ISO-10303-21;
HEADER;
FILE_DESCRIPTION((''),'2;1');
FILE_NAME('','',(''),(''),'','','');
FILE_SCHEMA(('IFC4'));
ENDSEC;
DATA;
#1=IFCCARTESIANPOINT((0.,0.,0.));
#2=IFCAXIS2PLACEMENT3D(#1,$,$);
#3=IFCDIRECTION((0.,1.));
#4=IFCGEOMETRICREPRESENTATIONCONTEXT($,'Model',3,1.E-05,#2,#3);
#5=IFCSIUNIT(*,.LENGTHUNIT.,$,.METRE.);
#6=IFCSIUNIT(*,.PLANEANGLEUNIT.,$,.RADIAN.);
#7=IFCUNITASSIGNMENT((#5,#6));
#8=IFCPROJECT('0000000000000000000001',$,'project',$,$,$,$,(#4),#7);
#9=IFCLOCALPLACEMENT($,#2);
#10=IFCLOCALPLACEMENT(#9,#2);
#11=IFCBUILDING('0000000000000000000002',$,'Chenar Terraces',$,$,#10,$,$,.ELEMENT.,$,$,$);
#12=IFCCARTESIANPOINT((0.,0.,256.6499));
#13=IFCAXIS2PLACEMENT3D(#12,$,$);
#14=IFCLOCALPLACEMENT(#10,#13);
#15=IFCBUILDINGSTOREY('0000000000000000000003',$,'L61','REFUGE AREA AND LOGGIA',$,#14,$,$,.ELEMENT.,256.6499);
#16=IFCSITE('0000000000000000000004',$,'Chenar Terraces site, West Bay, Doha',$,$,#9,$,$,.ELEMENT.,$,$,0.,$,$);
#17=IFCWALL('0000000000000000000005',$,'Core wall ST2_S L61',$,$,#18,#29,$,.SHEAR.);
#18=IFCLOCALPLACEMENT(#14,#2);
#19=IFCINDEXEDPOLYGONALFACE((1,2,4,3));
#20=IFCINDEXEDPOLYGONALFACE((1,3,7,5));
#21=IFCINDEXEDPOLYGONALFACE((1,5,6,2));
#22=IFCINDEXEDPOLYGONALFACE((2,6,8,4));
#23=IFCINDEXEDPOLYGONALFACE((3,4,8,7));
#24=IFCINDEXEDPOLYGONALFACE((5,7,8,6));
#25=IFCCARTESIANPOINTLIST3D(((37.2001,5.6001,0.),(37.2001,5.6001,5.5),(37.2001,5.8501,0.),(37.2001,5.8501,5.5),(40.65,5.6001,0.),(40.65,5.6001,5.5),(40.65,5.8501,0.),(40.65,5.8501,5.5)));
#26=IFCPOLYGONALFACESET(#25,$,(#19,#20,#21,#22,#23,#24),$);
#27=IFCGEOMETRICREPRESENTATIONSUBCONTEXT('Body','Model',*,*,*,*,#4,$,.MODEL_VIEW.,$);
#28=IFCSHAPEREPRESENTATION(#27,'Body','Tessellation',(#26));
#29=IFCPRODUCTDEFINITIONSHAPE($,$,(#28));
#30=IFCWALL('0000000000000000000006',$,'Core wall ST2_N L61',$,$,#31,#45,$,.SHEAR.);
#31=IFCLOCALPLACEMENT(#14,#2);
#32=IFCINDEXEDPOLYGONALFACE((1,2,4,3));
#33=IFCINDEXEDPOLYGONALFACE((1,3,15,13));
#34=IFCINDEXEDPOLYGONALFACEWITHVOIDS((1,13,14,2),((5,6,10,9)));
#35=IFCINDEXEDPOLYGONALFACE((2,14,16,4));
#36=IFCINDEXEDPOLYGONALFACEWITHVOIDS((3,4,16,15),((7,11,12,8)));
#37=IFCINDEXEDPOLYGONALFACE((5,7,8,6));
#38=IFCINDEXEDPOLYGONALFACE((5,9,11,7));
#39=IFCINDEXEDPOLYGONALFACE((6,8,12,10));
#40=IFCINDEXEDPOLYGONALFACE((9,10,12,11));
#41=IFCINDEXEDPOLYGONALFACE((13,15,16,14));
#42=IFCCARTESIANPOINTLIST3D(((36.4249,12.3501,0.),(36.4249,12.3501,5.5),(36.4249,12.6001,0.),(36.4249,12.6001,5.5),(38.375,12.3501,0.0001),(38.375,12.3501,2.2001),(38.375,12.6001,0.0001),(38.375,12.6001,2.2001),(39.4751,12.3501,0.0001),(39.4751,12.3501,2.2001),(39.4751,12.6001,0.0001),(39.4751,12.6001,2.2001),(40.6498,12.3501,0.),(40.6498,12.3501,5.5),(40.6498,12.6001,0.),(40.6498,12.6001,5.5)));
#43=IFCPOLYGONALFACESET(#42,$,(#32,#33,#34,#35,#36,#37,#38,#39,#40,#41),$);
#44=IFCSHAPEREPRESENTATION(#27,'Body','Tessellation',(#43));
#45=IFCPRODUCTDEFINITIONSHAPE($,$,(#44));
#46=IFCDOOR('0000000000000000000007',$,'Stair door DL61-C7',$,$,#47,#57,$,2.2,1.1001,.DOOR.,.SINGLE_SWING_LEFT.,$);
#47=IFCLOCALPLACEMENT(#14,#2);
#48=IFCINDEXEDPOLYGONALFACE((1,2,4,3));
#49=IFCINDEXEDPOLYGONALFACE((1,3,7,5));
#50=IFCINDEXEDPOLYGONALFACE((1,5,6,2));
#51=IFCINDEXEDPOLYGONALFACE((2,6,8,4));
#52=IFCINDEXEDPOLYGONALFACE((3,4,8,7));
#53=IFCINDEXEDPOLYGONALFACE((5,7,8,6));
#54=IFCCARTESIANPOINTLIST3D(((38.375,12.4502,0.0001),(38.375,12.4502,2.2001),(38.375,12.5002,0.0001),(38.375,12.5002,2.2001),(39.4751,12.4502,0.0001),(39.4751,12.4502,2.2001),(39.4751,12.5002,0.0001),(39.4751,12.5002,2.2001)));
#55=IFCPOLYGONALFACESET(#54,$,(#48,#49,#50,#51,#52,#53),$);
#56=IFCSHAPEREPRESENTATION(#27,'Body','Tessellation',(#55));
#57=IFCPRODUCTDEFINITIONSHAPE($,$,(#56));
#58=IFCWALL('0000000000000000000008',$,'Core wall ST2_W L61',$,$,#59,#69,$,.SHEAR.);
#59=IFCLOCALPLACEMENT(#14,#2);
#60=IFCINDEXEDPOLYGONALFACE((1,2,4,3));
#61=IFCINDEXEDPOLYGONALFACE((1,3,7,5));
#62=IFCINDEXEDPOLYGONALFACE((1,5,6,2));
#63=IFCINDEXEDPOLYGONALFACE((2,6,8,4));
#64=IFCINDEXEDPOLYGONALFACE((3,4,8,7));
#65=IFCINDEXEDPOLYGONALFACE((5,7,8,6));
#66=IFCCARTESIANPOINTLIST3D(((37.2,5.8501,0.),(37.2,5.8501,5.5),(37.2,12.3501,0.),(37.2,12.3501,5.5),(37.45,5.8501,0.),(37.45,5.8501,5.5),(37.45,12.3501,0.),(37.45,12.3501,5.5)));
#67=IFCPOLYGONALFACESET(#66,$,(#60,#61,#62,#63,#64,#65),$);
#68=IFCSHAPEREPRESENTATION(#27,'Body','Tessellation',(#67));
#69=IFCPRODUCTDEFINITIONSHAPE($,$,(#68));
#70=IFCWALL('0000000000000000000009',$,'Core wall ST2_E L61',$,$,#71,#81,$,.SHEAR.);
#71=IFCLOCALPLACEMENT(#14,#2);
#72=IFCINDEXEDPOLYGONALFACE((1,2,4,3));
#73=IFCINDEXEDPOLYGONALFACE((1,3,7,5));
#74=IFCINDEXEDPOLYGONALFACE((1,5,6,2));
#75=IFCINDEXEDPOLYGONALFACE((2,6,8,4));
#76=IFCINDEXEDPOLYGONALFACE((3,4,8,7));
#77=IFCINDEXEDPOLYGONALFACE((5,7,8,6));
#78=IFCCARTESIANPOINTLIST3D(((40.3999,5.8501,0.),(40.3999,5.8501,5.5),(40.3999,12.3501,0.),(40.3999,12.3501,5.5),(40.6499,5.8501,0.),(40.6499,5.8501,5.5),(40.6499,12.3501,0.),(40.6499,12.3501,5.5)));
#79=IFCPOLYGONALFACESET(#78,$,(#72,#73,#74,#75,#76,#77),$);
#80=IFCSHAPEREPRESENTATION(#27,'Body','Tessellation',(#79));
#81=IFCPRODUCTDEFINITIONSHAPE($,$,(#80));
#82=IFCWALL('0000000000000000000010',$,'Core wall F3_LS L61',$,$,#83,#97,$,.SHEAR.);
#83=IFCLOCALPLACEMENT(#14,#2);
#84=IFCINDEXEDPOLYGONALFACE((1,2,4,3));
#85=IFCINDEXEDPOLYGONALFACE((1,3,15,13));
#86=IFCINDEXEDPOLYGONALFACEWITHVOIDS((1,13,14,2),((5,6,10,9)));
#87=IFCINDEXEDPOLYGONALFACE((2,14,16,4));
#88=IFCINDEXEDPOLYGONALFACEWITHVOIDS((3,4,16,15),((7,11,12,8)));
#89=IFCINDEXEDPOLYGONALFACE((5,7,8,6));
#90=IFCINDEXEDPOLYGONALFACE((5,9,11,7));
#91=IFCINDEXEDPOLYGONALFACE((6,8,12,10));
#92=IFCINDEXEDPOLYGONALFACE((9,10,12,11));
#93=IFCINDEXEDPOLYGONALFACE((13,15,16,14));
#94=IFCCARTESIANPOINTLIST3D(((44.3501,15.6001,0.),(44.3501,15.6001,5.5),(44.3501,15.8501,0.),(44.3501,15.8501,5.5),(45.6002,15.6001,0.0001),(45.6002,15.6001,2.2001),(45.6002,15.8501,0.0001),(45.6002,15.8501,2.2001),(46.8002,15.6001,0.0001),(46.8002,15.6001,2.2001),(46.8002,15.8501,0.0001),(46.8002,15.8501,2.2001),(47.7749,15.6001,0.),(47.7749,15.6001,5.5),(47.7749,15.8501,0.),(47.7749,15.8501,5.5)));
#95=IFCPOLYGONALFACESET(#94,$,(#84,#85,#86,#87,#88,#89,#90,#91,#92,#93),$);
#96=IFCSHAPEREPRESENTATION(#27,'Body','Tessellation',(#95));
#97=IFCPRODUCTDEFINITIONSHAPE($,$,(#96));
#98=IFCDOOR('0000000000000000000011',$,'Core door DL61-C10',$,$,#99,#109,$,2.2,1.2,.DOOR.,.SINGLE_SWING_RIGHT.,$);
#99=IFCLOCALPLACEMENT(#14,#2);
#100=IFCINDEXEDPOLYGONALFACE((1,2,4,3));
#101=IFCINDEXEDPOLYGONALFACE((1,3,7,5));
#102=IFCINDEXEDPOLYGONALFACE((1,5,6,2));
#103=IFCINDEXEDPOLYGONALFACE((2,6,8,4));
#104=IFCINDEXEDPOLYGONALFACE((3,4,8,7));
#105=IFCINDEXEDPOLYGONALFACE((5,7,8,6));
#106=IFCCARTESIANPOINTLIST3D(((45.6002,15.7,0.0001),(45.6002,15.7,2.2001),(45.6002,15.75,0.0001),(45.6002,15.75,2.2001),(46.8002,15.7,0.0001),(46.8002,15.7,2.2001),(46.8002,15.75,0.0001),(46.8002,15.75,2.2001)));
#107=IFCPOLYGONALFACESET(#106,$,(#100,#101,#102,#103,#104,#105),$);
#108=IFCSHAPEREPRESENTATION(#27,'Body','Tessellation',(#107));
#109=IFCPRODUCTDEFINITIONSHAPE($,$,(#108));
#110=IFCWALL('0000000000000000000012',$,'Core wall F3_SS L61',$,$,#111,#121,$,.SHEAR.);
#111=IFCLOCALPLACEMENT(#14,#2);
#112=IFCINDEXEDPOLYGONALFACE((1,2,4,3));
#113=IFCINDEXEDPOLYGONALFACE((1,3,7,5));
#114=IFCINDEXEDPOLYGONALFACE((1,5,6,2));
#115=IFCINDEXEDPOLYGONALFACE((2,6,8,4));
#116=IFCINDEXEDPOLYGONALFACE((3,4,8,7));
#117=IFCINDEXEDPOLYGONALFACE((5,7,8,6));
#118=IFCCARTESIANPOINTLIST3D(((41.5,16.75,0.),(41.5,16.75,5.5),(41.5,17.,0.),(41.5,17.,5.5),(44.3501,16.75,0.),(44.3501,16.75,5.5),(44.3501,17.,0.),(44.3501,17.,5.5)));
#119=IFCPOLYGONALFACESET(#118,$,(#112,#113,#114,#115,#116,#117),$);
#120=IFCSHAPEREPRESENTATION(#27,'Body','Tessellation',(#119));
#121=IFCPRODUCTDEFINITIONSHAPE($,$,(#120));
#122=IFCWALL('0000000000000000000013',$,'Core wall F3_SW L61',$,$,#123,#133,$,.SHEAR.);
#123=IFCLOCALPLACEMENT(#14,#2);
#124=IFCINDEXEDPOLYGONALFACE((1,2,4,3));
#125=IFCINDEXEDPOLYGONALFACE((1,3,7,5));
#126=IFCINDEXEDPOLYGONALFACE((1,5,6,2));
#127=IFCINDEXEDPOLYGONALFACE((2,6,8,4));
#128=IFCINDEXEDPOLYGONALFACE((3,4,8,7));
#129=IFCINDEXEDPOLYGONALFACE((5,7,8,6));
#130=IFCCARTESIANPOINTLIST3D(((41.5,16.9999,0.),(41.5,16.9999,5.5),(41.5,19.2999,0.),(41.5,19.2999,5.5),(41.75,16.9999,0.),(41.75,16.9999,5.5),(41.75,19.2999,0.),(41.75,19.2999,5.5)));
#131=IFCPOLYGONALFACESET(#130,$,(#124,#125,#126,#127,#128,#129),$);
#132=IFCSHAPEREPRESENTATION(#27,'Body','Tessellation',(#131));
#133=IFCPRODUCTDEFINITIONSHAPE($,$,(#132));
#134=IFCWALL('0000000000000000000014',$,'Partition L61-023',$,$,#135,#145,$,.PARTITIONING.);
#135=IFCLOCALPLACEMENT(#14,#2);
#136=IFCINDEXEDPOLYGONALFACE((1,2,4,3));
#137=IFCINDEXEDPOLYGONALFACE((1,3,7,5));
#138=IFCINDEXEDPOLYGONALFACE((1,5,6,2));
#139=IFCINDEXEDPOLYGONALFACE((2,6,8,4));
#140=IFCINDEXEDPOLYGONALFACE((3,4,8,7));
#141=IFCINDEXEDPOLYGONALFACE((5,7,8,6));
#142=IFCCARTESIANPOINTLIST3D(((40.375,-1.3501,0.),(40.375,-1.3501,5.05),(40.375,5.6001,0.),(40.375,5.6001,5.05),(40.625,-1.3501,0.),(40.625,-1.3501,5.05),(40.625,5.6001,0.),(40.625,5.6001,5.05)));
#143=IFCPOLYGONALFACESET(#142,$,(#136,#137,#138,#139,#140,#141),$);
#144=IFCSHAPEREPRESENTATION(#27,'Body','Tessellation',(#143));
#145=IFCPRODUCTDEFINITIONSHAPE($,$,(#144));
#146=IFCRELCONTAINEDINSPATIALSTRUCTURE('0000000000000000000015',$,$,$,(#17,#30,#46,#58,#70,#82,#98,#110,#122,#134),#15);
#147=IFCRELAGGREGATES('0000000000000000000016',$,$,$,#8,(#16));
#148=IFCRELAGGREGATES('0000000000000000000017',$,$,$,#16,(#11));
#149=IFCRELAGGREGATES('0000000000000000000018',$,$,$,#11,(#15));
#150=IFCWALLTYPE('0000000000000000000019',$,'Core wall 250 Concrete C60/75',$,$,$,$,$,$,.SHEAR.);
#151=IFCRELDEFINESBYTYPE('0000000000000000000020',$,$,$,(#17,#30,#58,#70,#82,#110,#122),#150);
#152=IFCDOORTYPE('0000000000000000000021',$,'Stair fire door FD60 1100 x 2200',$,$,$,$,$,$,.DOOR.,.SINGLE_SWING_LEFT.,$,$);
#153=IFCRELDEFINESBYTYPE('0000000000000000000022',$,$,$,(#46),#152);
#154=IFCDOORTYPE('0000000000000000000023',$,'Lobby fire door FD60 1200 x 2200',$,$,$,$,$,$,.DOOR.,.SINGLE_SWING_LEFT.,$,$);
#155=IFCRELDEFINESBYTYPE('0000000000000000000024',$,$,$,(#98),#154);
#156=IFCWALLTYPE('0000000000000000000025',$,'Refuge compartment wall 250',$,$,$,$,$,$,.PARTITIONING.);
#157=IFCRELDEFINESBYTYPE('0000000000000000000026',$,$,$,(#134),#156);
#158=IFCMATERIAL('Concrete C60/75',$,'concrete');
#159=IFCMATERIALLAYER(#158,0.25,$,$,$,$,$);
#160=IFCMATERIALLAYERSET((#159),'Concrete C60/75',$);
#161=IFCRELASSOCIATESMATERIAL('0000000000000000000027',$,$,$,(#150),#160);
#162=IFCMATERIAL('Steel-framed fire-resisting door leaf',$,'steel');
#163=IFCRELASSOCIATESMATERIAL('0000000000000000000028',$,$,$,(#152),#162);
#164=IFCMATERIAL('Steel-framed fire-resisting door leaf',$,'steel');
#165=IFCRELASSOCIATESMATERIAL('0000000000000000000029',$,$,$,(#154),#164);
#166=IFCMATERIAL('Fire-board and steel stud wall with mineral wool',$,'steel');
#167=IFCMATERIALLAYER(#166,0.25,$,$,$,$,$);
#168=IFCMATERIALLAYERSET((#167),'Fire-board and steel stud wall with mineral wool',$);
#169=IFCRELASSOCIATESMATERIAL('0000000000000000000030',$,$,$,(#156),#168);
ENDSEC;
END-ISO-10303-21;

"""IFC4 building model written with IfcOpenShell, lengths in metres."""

from ifc_helpers import new_model, si_unit, direction, frame, frame_2d, origin, place, context, subcontext, project, spatial, rectangle, extrude, material, layer, layer_set, type_object, element, fill, save


model = new_model("IFC4")

# Units and contexts
model_context = context("Model", 3, precision=1e-05, world=origin(), true_north=direction((0.0, 1.0)))
body_context = subcontext(model_context, "Body", "Model", "MODEL_VIEW")
ifc_project = project(units=[si_unit("LENGTHUNIT", "METRE"), si_unit("PLANEANGLEUNIT", "RADIAN")], contexts=[model_context])

# Site, building, storey
site_placement = place(None, origin())
site = spatial("IfcSite", under=ifc_project, at=site_placement, Name="Chenar Terraces site, West Bay, Doha", CompositionType="ELEMENT", RefElevation=0.0)
building_placement = place(site_placement, origin())
building = spatial("IfcBuilding", under=site, at=building_placement, Name="Chenar Terraces", CompositionType="ELEMENT")
storey_placement = place(building_placement, frame((0.0, 0.0, 256.6499)))
storey = spatial("IfcBuildingStorey", under=building, at=storey_placement, Name="L61", Description="REFUGE AREA AND LOGGIA", CompositionType="ELEMENT", Elevation=256.6499)

# Wall
ifc_material_1 = material(Name="Concrete C60/75", Category="concrete")
ifc_layer_1 = layer(ifc_material_1, 0.25)
ifc_layer_set_1 = layer_set([ifc_layer_1], Name="Concrete C60/75")
wall_type_1 = type_object("IfcWallType", Name="Core wall 250 Concrete C60/75", PredefinedType="SHEAR", material=ifc_layer_set_1)
wall_1_placement = place(storey_placement, frame((37.2, 5.7251, 0.0), z_axis=(0.0, 0.0, 1.0), x_axis=(1.0, 0.0, 0.0)))
element("IfcWall", 1, at=wall_1_placement, inside=storey, type_object=wall_type_1, Name="Core wall ST2_S L61", PredefinedType="SHEAR", context=body_context, shape_type="SweptSolid", body=[
    extrude(rectangle(XDim=3.45, YDim=0.25, at=frame_2d((1.7251, 0.0))), origin(), (0.0, 0.0, 1.0), 5.5),
])

# Wall, opening, door
wall_2_placement = place(storey_placement, frame((36.425, 12.4751, 0.0), z_axis=(0.0, 0.0, 1.0), x_axis=(1.0, 0.0, 0.0)))
wall_2 = element("IfcWall", 2, at=wall_2_placement, inside=storey, type_object=wall_type_1, Name="Core wall ST2_N L61", PredefinedType="SHEAR", context=body_context, shape_type="SweptSolid", body=[
    extrude(rectangle(XDim=4.2249, YDim=0.25, at=frame_2d((2.1123, 0.0))), origin(), (0.0, 0.0, 1.0), 5.5),
])
opening_1_placement = place(wall_2_placement, frame((1.95, 0.0, 0.0)))
opening_1 = element("IfcOpeningElement", 3, at=opening_1_placement, cuts=wall_2, PredefinedType="OPENING", context=body_context, shape_type="SweptSolid", body=[
    extrude(rectangle(XDim=1.1001, YDim=2.2, at=frame_2d((0.55, 1.1001))), frame((0.0, 0.135, 0.0), z_axis=(0.0, -1.0, 0.0), x_axis=(1.0, 0.0, 0.0)), (0.0, 0.0, 1.0), 0.27),
])
ifc_material_2 = material(Name="Steel-framed fire-resisting door leaf", Category="steel")
door_type_1 = type_object("IfcDoorType", Name="Stair fire door FD60 1100 x 2200", OperationType="SINGLE_SWING_LEFT", PredefinedType="DOOR", material=ifc_material_2)
door_1_placement = place(opening_1_placement, frame((1.1001, 0.0, 0.0), z_axis=(0.0, 0.0, 1.0), x_axis=(-1.0, 0.0, 0.0)))
door_1 = element("IfcDoor", 4, at=door_1_placement, inside=storey, type_object=door_type_1, Name="Stair door DL61-C7", OperationType="SINGLE_SWING_LEFT", OverallHeight=2.2, OverallWidth=1.1001, PredefinedType="DOOR", context=body_context, shape_type="SweptSolid", body=[
    extrude(rectangle(XDim=1.1001, YDim=2.2, at=frame_2d((0.55, 1.1001))), frame((0.0, 0.0249, 0.0), z_axis=(0.0, -1.0, 0.0), x_axis=(1.0, 0.0, 0.0)), (0.0, 0.0, 1.0), 0.05),
])
fill(opening_1, door_1)

# Walls
for number, where, z_axis, x_axis, name in (
    (5, (37.325, 5.8501, 0.0), (0.0, 0.0, 1.0), (0.0, 1.0, 0.0), "Core wall ST2_W L61"),
    (6, (40.5249, 5.8501, 0.0), (0.0, 0.0, 1.0), (0.0, 1.0, 0.0), "Core wall ST2_E L61"),
):
    element("IfcWall", number, at=place(storey_placement, frame(where, z_axis=z_axis, x_axis=x_axis)), inside=storey, type_object=wall_type_1, Name=name, PredefinedType="SHEAR", context=body_context, shape_type="SweptSolid", body=[
        extrude(rectangle(XDim=6.5, YDim=0.25, at=frame_2d((3.25, 0.0))), origin(), (0.0, 0.0, 1.0), 5.5),
    ])

# Wall, opening, door
wall_3_placement = place(storey_placement, frame((44.3501, 15.7251, 0.0), z_axis=(0.0, 0.0, 1.0), x_axis=(1.0, 0.0, 0.0)))
wall_3 = element("IfcWall", 7, at=wall_3_placement, inside=storey, type_object=wall_type_1, Name="Core wall F3_LS L61", PredefinedType="SHEAR", context=body_context, shape_type="SweptSolid", body=[
    extrude(rectangle(XDim=3.4248, YDim=0.25, at=frame_2d((1.7124, 0.0))), origin(), (0.0, 0.0, 1.0), 5.5),
])
opening_2_placement = place(wall_3_placement, frame((1.25, 0.0, 0.0)))
opening_2 = element("IfcOpeningElement", 8, at=opening_2_placement, cuts=wall_3, PredefinedType="OPENING", context=body_context, shape_type="SweptSolid", body=[
    extrude(rectangle(XDim=1.2, YDim=2.2, at=frame_2d((0.6001, 1.1001))), frame((0.0, 0.135, 0.0), z_axis=(0.0, -1.0, 0.0), x_axis=(1.0, 0.0, 0.0)), (0.0, 0.0, 1.0), 0.27),
])
ifc_material_3 = material(Name="Steel-framed fire-resisting door leaf", Category="steel")
door_type_2 = type_object("IfcDoorType", Name="Lobby fire door FD60 1200 x 2200", OperationType="SINGLE_SWING_LEFT", PredefinedType="DOOR", material=ifc_material_3)
door_2_placement = place(opening_2_placement, origin())
door_2 = element("IfcDoor", 9, at=door_2_placement, inside=storey, type_object=door_type_2, Name="Core door DL61-C10", OperationType="SINGLE_SWING_RIGHT", OverallHeight=2.2, OverallWidth=1.2, PredefinedType="DOOR", context=body_context, shape_type="SweptSolid", body=[
    extrude(rectangle(XDim=1.2, YDim=2.2, at=frame_2d((0.6001, 1.1001))), frame((0.0, 0.0249, 0.0), z_axis=(0.0, -1.0, 0.0), x_axis=(1.0, 0.0, 0.0)), (0.0, 0.0, 1.0), 0.05),
])
fill(opening_2, door_2)

# Walls
wall_4_placement = place(storey_placement, frame((41.5, 16.875, 0.0), z_axis=(0.0, 0.0, 1.0), x_axis=(1.0, 0.0, 0.0)))
element("IfcWall", 10, at=wall_4_placement, inside=storey, type_object=wall_type_1, Name="Core wall F3_SS L61", PredefinedType="SHEAR", context=body_context, shape_type="SweptSolid", body=[
    extrude(rectangle(XDim=2.8501, YDim=0.25, at=frame_2d((1.425, 0.0))), origin(), (0.0, 0.0, 1.0), 5.5),
])
wall_5_placement = place(storey_placement, frame((41.625, 17.0, 0.0), z_axis=(0.0, 0.0, 1.0), x_axis=(0.0, 1.0, 0.0)))
element("IfcWall", 11, at=wall_5_placement, inside=storey, type_object=wall_type_1, Name="Core wall F3_SW L61", PredefinedType="SHEAR", context=body_context, shape_type="SweptSolid", body=[
    extrude(rectangle(XDim=2.3, YDim=0.25, at=frame_2d((1.1499, 0.0))), origin(), (0.0, 0.0, 1.0), 5.5),
])
ifc_material_4 = material(Name="Fire-board and steel stud wall with mineral wool", Category="steel")
ifc_layer_2 = layer(ifc_material_4, 0.25)
ifc_layer_set_2 = layer_set([ifc_layer_2], Name="Fire-board and steel stud wall with mineral wool")
wall_type_2 = type_object("IfcWallType", Name="Refuge compartment wall 250", PredefinedType="PARTITIONING", material=ifc_layer_set_2)
wall_6_placement = place(storey_placement, frame((40.5, -1.3501, 0.0), z_axis=(0.0, 0.0, 1.0), x_axis=(0.0, 1.0, 0.0)))
element("IfcWall", 12, at=wall_6_placement, inside=storey, type_object=wall_type_2, Name="Partition L61-023", PredefinedType="PARTITIONING", context=body_context, shape_type="SweptSolid", body=[
    extrude(rectangle(XDim=6.9502, YDim=0.25, at=frame_2d((3.4751, 0.0))), origin(), (0.0, 0.0, 1.0), 5.05),
])

save(model, "model.ifc")
